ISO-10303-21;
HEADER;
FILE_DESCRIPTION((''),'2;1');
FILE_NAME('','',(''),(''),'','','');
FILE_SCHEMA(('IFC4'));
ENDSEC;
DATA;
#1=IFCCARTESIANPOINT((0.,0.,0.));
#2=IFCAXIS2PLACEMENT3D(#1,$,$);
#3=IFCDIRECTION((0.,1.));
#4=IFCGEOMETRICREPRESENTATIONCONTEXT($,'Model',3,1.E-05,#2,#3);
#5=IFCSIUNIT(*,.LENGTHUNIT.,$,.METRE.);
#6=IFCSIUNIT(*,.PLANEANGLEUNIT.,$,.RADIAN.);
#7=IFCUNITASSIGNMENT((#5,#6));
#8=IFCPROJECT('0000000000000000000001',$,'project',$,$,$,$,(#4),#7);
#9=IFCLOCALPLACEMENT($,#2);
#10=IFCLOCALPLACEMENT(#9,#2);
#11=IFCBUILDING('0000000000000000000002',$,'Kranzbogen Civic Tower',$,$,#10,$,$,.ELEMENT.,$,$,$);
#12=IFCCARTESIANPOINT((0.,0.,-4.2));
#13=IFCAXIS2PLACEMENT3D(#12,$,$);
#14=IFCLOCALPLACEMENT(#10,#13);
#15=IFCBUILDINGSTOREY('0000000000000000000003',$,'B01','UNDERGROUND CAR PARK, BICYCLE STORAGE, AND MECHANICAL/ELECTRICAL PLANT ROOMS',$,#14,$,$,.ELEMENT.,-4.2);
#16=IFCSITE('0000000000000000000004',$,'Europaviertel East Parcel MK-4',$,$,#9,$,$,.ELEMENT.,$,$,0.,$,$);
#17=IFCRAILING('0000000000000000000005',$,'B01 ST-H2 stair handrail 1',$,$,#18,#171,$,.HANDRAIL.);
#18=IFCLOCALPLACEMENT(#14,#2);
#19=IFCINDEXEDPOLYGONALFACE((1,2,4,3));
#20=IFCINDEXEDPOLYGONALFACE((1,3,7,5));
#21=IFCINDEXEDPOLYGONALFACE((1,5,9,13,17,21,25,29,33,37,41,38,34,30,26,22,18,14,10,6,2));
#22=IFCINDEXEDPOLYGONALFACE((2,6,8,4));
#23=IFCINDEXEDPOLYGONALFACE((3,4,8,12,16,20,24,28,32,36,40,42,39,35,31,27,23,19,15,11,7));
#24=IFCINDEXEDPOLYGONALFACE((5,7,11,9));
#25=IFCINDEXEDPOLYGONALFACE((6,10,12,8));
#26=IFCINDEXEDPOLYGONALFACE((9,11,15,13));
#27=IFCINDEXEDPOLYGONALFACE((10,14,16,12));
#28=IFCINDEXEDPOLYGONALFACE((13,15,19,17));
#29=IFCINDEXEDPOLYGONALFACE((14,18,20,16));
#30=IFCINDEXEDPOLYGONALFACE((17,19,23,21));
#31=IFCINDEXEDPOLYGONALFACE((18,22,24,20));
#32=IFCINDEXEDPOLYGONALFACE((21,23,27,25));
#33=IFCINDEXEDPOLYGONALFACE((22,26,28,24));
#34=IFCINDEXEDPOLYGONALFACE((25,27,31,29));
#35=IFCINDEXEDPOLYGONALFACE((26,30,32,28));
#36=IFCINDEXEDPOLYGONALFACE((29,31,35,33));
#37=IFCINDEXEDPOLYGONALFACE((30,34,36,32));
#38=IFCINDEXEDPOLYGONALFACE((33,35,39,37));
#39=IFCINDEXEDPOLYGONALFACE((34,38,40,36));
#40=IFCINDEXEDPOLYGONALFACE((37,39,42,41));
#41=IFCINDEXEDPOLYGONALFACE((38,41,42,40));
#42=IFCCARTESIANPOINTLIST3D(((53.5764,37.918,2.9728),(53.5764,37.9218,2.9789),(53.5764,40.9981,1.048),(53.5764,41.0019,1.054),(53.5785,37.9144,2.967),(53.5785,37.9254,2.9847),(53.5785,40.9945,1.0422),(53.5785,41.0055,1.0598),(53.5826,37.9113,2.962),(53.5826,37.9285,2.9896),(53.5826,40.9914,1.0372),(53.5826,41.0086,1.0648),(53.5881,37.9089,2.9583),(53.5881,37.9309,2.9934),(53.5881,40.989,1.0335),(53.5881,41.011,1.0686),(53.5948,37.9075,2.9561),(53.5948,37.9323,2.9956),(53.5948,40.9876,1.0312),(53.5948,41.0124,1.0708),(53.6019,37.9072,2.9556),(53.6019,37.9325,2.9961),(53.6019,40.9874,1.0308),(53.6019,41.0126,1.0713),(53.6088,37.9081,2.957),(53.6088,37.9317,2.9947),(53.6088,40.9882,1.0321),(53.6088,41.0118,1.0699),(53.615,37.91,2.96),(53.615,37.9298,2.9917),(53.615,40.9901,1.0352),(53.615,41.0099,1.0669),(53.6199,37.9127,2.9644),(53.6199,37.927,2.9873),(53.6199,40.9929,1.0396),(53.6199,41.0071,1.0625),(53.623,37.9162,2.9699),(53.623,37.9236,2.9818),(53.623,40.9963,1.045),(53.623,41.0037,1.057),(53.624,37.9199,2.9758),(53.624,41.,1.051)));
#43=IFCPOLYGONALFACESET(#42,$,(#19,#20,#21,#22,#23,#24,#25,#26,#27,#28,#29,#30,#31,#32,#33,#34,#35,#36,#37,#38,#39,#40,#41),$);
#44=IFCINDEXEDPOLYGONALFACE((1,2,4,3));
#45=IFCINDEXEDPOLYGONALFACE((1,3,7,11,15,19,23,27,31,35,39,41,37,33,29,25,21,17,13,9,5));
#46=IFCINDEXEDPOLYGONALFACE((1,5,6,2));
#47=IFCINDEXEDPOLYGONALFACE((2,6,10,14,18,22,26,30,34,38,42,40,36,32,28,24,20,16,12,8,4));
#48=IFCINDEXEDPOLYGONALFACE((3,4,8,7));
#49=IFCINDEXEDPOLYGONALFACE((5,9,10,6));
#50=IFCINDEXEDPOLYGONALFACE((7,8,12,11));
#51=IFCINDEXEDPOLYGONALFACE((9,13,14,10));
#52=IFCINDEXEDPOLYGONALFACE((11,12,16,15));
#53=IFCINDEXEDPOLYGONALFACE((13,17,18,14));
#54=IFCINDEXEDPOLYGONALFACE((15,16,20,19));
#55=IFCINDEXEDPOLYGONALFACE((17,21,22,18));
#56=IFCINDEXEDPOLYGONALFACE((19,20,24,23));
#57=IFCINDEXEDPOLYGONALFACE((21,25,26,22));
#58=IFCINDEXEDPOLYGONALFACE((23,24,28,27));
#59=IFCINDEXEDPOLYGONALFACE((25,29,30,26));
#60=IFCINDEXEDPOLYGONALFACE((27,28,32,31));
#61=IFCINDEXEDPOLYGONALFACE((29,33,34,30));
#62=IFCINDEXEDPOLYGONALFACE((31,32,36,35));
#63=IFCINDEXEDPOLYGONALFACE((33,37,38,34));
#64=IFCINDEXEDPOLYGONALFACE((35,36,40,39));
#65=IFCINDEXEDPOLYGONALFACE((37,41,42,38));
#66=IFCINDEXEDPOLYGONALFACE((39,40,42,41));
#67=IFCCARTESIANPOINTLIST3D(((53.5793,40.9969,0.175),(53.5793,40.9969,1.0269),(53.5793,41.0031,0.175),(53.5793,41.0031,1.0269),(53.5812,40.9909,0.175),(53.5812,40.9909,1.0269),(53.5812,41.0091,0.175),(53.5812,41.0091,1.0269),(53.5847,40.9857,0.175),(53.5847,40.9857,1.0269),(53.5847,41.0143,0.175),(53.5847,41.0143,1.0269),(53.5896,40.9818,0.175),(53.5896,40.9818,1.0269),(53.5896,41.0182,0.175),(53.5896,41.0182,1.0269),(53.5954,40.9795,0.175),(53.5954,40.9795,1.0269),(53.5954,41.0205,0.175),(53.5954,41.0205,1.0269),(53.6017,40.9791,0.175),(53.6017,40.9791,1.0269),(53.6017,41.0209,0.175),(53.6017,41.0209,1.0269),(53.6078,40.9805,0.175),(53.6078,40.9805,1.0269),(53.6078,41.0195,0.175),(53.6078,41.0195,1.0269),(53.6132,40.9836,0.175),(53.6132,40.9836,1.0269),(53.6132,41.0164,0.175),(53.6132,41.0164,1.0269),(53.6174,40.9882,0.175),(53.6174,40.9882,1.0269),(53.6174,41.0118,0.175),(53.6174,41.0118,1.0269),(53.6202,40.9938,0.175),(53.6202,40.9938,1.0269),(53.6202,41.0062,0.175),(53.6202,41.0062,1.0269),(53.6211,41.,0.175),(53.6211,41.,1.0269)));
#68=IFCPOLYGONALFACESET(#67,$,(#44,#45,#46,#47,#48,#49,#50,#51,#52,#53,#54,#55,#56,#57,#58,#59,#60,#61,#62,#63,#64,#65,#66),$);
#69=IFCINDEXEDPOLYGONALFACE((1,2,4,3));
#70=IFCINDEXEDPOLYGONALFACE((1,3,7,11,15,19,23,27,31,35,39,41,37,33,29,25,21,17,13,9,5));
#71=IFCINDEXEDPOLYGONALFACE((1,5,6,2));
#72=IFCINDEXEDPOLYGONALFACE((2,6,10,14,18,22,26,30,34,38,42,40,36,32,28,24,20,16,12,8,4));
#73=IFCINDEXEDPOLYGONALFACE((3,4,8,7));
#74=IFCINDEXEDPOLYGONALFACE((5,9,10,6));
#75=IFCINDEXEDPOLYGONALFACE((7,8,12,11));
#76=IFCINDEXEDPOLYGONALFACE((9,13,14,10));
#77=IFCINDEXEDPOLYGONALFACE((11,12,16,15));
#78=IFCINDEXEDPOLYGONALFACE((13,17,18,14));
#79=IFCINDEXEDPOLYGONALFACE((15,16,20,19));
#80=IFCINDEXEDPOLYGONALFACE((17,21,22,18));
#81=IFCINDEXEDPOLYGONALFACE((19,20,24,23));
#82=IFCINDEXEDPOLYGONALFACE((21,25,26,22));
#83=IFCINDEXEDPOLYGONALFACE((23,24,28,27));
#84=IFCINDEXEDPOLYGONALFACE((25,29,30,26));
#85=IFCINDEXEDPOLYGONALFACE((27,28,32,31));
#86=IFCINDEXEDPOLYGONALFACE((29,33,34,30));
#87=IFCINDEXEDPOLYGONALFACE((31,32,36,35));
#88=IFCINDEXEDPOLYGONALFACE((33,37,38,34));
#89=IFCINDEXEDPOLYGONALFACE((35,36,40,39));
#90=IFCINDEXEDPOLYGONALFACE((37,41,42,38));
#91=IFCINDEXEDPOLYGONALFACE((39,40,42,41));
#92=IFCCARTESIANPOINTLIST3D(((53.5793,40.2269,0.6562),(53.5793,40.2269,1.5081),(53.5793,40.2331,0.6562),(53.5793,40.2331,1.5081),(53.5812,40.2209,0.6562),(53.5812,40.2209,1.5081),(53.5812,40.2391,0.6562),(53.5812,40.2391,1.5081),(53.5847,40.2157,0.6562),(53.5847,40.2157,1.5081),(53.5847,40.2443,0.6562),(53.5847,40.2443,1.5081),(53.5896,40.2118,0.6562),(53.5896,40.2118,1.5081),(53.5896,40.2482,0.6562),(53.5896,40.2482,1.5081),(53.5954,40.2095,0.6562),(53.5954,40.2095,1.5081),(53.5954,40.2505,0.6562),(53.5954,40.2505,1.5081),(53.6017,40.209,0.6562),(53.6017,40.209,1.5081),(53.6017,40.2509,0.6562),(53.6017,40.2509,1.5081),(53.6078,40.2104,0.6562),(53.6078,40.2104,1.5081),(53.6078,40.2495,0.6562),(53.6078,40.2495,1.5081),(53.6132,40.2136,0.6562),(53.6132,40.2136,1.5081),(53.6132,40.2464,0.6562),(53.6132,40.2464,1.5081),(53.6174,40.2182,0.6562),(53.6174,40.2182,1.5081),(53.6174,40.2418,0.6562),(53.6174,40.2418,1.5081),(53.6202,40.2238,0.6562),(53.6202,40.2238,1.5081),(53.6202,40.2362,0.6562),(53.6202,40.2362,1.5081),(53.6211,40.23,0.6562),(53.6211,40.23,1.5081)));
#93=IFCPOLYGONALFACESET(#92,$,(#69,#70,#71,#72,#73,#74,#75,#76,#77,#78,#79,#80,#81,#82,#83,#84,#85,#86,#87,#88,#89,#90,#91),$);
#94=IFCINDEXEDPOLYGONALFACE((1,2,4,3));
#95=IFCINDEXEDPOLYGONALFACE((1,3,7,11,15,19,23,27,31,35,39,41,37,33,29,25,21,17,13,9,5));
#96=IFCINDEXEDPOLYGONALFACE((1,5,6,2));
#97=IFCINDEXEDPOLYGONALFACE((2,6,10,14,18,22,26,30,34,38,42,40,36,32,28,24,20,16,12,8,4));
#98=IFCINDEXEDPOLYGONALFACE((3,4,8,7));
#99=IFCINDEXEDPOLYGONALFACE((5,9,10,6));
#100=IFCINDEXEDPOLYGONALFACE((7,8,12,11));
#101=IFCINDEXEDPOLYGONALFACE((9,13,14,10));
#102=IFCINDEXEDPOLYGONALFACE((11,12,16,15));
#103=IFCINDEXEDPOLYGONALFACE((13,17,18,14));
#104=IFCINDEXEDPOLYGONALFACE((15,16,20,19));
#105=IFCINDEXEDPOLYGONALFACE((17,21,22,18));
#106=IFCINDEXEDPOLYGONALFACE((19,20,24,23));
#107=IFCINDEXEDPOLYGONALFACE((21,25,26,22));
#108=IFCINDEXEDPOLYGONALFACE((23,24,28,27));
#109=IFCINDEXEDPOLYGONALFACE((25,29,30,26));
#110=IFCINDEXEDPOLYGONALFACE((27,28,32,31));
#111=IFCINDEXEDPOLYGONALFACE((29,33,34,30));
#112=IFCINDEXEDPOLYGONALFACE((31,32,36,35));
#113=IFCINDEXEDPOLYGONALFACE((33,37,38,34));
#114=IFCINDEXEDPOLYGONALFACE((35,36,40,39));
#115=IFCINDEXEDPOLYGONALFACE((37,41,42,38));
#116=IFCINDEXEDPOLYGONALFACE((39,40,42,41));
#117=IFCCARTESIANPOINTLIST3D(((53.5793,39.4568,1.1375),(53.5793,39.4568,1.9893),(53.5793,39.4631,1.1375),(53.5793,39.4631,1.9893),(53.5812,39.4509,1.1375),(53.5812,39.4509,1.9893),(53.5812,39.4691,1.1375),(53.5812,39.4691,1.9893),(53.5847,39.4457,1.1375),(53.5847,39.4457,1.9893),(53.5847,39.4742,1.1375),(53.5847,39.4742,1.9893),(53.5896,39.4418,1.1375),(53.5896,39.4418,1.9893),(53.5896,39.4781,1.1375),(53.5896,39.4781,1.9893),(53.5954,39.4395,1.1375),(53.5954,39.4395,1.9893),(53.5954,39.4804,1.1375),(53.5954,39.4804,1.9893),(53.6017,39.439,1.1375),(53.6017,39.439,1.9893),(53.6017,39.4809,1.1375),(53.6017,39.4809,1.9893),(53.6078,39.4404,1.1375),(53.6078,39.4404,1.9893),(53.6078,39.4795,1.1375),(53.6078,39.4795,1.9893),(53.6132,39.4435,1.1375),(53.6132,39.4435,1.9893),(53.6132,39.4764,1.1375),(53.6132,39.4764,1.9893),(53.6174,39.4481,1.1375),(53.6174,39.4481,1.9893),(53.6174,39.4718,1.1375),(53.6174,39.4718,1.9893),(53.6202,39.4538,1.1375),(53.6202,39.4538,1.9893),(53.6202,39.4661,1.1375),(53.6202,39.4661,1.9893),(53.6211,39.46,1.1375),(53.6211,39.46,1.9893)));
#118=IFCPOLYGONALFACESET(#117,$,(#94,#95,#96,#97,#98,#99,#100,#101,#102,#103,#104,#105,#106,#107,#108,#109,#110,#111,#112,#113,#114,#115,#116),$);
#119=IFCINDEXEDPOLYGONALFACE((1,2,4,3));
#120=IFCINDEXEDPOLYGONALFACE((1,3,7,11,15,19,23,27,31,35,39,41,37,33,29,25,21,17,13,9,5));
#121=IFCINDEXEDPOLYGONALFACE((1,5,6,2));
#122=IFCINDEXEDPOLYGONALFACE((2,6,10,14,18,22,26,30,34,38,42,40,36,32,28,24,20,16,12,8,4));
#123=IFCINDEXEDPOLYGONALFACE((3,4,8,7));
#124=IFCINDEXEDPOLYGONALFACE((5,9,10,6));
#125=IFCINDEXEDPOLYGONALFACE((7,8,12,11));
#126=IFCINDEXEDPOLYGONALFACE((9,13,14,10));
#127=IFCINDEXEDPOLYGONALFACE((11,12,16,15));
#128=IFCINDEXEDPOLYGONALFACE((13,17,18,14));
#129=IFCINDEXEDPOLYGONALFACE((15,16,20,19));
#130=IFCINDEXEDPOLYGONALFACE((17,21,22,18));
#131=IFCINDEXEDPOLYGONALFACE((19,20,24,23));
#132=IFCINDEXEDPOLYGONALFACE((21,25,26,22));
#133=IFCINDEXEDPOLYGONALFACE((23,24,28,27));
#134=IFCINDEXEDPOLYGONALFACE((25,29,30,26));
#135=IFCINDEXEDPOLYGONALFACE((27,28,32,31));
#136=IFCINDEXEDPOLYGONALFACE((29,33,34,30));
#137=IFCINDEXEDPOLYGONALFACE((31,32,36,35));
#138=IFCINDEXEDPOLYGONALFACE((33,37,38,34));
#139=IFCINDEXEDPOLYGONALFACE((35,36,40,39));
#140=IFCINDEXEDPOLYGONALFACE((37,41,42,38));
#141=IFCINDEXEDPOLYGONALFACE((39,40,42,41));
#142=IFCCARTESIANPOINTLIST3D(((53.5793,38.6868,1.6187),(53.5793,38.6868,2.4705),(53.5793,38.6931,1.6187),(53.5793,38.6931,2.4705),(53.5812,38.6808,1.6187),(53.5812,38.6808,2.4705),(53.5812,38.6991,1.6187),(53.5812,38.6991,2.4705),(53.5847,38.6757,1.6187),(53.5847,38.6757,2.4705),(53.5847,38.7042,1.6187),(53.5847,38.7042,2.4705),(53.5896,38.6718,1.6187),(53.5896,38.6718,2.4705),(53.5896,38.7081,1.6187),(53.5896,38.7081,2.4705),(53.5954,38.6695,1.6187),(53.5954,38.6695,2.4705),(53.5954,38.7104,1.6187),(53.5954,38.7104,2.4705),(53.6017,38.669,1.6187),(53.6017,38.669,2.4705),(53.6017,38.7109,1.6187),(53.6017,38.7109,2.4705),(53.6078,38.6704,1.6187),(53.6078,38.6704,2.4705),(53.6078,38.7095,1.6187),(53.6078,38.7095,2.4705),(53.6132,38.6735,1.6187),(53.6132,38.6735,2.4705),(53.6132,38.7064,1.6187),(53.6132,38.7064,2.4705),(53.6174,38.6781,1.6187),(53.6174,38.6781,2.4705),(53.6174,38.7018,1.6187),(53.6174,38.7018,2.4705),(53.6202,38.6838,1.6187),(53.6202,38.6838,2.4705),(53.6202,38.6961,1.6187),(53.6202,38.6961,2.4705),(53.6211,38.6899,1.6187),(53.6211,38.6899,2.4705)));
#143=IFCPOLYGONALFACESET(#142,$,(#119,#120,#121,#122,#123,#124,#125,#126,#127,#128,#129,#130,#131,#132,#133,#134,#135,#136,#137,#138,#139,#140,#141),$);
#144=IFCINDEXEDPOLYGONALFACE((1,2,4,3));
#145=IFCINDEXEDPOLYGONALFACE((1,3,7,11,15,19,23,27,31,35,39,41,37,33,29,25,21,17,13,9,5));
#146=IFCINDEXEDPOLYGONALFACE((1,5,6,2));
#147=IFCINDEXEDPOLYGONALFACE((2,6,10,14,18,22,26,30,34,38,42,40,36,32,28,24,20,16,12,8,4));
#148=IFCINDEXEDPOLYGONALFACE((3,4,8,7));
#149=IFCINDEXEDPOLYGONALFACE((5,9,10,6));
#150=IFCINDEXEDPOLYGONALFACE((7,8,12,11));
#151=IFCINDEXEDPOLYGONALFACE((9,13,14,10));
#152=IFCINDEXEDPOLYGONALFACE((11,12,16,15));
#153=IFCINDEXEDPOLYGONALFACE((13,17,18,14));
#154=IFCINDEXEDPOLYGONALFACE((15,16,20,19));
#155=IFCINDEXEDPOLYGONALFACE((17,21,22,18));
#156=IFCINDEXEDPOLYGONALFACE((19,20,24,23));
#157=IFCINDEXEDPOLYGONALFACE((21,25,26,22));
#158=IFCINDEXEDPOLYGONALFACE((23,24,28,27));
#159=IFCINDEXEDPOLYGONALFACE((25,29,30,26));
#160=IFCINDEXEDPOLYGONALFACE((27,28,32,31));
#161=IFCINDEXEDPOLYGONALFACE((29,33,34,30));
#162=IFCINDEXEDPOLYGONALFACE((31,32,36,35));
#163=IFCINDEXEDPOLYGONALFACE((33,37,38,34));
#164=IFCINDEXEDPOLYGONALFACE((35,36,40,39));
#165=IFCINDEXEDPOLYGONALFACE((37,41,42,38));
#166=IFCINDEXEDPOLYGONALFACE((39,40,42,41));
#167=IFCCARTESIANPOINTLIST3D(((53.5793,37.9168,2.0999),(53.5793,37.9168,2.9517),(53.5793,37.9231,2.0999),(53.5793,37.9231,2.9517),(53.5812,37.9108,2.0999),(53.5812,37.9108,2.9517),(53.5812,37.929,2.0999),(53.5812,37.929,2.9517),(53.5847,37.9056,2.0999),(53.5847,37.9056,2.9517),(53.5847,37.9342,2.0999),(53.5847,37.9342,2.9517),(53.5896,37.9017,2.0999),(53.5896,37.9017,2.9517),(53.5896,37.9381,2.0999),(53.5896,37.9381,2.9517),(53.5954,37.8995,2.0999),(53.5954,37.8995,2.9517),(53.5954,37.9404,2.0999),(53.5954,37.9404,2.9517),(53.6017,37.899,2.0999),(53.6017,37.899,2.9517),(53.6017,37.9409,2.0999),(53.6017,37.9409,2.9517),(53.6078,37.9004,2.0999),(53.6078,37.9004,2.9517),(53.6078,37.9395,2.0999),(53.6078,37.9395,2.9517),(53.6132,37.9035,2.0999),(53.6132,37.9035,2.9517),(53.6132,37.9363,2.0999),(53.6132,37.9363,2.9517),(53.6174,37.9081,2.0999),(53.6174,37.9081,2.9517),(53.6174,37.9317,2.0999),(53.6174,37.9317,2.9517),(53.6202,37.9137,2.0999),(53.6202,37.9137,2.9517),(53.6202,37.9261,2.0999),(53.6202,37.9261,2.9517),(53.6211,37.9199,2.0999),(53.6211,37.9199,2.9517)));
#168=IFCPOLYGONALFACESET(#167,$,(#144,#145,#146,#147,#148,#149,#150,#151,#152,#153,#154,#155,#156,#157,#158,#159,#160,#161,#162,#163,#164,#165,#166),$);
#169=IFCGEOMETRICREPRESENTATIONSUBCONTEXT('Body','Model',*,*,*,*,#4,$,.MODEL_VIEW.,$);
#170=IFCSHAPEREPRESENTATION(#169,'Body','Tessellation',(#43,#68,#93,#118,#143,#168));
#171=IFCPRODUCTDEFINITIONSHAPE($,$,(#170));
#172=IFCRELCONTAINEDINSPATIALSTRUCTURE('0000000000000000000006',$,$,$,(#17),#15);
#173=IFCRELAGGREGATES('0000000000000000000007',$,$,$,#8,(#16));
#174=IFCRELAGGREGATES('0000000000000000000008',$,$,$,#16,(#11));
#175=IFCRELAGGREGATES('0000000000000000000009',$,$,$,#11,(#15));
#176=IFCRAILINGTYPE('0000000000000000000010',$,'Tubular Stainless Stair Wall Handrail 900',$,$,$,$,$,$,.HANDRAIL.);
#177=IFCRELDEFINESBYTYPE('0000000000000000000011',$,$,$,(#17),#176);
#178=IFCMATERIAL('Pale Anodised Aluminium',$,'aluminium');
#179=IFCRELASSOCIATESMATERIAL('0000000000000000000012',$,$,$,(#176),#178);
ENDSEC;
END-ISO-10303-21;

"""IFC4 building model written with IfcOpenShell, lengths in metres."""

from ifc_helpers import new_model, si_unit, direction, frame, origin, origin_2d, place, context, subcontext, project, spatial, circle, extrude, material, type_object, element, save


model = new_model("IFC4")

# Units and contexts
model_context = context("Model", 3, precision=1e-05, world=origin(), true_north=direction((0.0, 1.0)))
body_context = subcontext(model_context, "Body", "Model", "MODEL_VIEW")
ifc_project = project(units=[si_unit("LENGTHUNIT", "METRE"), si_unit("PLANEANGLEUNIT", "RADIAN")], contexts=[model_context])

# Site, building, storey
site_placement = place(None, origin())
site = spatial("IfcSite", under=ifc_project, at=site_placement, Name="Europaviertel East Parcel MK-4", CompositionType="ELEMENT", RefElevation=0.0)
building_placement = place(site_placement, origin())
building = spatial("IfcBuilding", under=site, at=building_placement, Name="Kranzbogen Civic Tower", CompositionType="ELEMENT")
storey_placement = place(building_placement, frame((0.0, 0.0, -4.2)))
storey = spatial("IfcBuildingStorey", under=building, at=storey_placement, Name="B01", Description="UNDERGROUND CAR PARK, BICYCLE STORAGE, AND MECHANICAL/ELECTRICAL PLANT ROOMS", CompositionType="ELEMENT", Elevation=-4.2)

# Railing
ifc_material_1 = material(Name="Pale Anodised Aluminium", Category="aluminium")
railing_type_1 = type_object("IfcRailingType", Name="Tubular Stainless Stair Wall Handrail 900", PredefinedType="HANDRAIL", material=ifc_material_1)
railing_1_placement = place(storey_placement, frame((53.6001, 41.0, 0.175)))
element("IfcRailing", 1, at=railing_1_placement, inside=storey, type_object=railing_type_1, Name="B01 ST-H2 stair handrail 1", PredefinedType="HANDRAIL", context=body_context, shape_type="SweptSolid", body=[
    extrude(circle(Radius=0.0239, at=origin_2d()), frame((0.0, 0.0, 0.876), z_axis=(0.0, -0.848029, 0.529951), x_axis=(1.0, 0.0, 0.0)), (0.0, 0.0, 1.0), 3.6321),
    extrude(circle(Radius=0.021, at=origin_2d()), origin(), (0.0, 0.0, 1.0), 0.8518),
    extrude(circle(Radius=0.021, at=origin_2d()), frame((0.0, -0.77, 0.4812)), (0.0, 0.0, 1.0), 0.8518),
    extrude(circle(Radius=0.021, at=origin_2d()), frame((0.0, -1.54, 0.9624)), (0.0, 0.0, 1.0), 0.8518),
    extrude(circle(Radius=0.021, at=origin_2d()), frame((0.0, -2.3101, 1.4436)), (0.0, 0.0, 1.0), 0.8518),
    extrude(circle(Radius=0.021, at=origin_2d()), frame((0.0, -3.0801, 1.9248)), (0.0, 0.0, 1.0), 0.8518),
])

save(model, "model.ifc")
